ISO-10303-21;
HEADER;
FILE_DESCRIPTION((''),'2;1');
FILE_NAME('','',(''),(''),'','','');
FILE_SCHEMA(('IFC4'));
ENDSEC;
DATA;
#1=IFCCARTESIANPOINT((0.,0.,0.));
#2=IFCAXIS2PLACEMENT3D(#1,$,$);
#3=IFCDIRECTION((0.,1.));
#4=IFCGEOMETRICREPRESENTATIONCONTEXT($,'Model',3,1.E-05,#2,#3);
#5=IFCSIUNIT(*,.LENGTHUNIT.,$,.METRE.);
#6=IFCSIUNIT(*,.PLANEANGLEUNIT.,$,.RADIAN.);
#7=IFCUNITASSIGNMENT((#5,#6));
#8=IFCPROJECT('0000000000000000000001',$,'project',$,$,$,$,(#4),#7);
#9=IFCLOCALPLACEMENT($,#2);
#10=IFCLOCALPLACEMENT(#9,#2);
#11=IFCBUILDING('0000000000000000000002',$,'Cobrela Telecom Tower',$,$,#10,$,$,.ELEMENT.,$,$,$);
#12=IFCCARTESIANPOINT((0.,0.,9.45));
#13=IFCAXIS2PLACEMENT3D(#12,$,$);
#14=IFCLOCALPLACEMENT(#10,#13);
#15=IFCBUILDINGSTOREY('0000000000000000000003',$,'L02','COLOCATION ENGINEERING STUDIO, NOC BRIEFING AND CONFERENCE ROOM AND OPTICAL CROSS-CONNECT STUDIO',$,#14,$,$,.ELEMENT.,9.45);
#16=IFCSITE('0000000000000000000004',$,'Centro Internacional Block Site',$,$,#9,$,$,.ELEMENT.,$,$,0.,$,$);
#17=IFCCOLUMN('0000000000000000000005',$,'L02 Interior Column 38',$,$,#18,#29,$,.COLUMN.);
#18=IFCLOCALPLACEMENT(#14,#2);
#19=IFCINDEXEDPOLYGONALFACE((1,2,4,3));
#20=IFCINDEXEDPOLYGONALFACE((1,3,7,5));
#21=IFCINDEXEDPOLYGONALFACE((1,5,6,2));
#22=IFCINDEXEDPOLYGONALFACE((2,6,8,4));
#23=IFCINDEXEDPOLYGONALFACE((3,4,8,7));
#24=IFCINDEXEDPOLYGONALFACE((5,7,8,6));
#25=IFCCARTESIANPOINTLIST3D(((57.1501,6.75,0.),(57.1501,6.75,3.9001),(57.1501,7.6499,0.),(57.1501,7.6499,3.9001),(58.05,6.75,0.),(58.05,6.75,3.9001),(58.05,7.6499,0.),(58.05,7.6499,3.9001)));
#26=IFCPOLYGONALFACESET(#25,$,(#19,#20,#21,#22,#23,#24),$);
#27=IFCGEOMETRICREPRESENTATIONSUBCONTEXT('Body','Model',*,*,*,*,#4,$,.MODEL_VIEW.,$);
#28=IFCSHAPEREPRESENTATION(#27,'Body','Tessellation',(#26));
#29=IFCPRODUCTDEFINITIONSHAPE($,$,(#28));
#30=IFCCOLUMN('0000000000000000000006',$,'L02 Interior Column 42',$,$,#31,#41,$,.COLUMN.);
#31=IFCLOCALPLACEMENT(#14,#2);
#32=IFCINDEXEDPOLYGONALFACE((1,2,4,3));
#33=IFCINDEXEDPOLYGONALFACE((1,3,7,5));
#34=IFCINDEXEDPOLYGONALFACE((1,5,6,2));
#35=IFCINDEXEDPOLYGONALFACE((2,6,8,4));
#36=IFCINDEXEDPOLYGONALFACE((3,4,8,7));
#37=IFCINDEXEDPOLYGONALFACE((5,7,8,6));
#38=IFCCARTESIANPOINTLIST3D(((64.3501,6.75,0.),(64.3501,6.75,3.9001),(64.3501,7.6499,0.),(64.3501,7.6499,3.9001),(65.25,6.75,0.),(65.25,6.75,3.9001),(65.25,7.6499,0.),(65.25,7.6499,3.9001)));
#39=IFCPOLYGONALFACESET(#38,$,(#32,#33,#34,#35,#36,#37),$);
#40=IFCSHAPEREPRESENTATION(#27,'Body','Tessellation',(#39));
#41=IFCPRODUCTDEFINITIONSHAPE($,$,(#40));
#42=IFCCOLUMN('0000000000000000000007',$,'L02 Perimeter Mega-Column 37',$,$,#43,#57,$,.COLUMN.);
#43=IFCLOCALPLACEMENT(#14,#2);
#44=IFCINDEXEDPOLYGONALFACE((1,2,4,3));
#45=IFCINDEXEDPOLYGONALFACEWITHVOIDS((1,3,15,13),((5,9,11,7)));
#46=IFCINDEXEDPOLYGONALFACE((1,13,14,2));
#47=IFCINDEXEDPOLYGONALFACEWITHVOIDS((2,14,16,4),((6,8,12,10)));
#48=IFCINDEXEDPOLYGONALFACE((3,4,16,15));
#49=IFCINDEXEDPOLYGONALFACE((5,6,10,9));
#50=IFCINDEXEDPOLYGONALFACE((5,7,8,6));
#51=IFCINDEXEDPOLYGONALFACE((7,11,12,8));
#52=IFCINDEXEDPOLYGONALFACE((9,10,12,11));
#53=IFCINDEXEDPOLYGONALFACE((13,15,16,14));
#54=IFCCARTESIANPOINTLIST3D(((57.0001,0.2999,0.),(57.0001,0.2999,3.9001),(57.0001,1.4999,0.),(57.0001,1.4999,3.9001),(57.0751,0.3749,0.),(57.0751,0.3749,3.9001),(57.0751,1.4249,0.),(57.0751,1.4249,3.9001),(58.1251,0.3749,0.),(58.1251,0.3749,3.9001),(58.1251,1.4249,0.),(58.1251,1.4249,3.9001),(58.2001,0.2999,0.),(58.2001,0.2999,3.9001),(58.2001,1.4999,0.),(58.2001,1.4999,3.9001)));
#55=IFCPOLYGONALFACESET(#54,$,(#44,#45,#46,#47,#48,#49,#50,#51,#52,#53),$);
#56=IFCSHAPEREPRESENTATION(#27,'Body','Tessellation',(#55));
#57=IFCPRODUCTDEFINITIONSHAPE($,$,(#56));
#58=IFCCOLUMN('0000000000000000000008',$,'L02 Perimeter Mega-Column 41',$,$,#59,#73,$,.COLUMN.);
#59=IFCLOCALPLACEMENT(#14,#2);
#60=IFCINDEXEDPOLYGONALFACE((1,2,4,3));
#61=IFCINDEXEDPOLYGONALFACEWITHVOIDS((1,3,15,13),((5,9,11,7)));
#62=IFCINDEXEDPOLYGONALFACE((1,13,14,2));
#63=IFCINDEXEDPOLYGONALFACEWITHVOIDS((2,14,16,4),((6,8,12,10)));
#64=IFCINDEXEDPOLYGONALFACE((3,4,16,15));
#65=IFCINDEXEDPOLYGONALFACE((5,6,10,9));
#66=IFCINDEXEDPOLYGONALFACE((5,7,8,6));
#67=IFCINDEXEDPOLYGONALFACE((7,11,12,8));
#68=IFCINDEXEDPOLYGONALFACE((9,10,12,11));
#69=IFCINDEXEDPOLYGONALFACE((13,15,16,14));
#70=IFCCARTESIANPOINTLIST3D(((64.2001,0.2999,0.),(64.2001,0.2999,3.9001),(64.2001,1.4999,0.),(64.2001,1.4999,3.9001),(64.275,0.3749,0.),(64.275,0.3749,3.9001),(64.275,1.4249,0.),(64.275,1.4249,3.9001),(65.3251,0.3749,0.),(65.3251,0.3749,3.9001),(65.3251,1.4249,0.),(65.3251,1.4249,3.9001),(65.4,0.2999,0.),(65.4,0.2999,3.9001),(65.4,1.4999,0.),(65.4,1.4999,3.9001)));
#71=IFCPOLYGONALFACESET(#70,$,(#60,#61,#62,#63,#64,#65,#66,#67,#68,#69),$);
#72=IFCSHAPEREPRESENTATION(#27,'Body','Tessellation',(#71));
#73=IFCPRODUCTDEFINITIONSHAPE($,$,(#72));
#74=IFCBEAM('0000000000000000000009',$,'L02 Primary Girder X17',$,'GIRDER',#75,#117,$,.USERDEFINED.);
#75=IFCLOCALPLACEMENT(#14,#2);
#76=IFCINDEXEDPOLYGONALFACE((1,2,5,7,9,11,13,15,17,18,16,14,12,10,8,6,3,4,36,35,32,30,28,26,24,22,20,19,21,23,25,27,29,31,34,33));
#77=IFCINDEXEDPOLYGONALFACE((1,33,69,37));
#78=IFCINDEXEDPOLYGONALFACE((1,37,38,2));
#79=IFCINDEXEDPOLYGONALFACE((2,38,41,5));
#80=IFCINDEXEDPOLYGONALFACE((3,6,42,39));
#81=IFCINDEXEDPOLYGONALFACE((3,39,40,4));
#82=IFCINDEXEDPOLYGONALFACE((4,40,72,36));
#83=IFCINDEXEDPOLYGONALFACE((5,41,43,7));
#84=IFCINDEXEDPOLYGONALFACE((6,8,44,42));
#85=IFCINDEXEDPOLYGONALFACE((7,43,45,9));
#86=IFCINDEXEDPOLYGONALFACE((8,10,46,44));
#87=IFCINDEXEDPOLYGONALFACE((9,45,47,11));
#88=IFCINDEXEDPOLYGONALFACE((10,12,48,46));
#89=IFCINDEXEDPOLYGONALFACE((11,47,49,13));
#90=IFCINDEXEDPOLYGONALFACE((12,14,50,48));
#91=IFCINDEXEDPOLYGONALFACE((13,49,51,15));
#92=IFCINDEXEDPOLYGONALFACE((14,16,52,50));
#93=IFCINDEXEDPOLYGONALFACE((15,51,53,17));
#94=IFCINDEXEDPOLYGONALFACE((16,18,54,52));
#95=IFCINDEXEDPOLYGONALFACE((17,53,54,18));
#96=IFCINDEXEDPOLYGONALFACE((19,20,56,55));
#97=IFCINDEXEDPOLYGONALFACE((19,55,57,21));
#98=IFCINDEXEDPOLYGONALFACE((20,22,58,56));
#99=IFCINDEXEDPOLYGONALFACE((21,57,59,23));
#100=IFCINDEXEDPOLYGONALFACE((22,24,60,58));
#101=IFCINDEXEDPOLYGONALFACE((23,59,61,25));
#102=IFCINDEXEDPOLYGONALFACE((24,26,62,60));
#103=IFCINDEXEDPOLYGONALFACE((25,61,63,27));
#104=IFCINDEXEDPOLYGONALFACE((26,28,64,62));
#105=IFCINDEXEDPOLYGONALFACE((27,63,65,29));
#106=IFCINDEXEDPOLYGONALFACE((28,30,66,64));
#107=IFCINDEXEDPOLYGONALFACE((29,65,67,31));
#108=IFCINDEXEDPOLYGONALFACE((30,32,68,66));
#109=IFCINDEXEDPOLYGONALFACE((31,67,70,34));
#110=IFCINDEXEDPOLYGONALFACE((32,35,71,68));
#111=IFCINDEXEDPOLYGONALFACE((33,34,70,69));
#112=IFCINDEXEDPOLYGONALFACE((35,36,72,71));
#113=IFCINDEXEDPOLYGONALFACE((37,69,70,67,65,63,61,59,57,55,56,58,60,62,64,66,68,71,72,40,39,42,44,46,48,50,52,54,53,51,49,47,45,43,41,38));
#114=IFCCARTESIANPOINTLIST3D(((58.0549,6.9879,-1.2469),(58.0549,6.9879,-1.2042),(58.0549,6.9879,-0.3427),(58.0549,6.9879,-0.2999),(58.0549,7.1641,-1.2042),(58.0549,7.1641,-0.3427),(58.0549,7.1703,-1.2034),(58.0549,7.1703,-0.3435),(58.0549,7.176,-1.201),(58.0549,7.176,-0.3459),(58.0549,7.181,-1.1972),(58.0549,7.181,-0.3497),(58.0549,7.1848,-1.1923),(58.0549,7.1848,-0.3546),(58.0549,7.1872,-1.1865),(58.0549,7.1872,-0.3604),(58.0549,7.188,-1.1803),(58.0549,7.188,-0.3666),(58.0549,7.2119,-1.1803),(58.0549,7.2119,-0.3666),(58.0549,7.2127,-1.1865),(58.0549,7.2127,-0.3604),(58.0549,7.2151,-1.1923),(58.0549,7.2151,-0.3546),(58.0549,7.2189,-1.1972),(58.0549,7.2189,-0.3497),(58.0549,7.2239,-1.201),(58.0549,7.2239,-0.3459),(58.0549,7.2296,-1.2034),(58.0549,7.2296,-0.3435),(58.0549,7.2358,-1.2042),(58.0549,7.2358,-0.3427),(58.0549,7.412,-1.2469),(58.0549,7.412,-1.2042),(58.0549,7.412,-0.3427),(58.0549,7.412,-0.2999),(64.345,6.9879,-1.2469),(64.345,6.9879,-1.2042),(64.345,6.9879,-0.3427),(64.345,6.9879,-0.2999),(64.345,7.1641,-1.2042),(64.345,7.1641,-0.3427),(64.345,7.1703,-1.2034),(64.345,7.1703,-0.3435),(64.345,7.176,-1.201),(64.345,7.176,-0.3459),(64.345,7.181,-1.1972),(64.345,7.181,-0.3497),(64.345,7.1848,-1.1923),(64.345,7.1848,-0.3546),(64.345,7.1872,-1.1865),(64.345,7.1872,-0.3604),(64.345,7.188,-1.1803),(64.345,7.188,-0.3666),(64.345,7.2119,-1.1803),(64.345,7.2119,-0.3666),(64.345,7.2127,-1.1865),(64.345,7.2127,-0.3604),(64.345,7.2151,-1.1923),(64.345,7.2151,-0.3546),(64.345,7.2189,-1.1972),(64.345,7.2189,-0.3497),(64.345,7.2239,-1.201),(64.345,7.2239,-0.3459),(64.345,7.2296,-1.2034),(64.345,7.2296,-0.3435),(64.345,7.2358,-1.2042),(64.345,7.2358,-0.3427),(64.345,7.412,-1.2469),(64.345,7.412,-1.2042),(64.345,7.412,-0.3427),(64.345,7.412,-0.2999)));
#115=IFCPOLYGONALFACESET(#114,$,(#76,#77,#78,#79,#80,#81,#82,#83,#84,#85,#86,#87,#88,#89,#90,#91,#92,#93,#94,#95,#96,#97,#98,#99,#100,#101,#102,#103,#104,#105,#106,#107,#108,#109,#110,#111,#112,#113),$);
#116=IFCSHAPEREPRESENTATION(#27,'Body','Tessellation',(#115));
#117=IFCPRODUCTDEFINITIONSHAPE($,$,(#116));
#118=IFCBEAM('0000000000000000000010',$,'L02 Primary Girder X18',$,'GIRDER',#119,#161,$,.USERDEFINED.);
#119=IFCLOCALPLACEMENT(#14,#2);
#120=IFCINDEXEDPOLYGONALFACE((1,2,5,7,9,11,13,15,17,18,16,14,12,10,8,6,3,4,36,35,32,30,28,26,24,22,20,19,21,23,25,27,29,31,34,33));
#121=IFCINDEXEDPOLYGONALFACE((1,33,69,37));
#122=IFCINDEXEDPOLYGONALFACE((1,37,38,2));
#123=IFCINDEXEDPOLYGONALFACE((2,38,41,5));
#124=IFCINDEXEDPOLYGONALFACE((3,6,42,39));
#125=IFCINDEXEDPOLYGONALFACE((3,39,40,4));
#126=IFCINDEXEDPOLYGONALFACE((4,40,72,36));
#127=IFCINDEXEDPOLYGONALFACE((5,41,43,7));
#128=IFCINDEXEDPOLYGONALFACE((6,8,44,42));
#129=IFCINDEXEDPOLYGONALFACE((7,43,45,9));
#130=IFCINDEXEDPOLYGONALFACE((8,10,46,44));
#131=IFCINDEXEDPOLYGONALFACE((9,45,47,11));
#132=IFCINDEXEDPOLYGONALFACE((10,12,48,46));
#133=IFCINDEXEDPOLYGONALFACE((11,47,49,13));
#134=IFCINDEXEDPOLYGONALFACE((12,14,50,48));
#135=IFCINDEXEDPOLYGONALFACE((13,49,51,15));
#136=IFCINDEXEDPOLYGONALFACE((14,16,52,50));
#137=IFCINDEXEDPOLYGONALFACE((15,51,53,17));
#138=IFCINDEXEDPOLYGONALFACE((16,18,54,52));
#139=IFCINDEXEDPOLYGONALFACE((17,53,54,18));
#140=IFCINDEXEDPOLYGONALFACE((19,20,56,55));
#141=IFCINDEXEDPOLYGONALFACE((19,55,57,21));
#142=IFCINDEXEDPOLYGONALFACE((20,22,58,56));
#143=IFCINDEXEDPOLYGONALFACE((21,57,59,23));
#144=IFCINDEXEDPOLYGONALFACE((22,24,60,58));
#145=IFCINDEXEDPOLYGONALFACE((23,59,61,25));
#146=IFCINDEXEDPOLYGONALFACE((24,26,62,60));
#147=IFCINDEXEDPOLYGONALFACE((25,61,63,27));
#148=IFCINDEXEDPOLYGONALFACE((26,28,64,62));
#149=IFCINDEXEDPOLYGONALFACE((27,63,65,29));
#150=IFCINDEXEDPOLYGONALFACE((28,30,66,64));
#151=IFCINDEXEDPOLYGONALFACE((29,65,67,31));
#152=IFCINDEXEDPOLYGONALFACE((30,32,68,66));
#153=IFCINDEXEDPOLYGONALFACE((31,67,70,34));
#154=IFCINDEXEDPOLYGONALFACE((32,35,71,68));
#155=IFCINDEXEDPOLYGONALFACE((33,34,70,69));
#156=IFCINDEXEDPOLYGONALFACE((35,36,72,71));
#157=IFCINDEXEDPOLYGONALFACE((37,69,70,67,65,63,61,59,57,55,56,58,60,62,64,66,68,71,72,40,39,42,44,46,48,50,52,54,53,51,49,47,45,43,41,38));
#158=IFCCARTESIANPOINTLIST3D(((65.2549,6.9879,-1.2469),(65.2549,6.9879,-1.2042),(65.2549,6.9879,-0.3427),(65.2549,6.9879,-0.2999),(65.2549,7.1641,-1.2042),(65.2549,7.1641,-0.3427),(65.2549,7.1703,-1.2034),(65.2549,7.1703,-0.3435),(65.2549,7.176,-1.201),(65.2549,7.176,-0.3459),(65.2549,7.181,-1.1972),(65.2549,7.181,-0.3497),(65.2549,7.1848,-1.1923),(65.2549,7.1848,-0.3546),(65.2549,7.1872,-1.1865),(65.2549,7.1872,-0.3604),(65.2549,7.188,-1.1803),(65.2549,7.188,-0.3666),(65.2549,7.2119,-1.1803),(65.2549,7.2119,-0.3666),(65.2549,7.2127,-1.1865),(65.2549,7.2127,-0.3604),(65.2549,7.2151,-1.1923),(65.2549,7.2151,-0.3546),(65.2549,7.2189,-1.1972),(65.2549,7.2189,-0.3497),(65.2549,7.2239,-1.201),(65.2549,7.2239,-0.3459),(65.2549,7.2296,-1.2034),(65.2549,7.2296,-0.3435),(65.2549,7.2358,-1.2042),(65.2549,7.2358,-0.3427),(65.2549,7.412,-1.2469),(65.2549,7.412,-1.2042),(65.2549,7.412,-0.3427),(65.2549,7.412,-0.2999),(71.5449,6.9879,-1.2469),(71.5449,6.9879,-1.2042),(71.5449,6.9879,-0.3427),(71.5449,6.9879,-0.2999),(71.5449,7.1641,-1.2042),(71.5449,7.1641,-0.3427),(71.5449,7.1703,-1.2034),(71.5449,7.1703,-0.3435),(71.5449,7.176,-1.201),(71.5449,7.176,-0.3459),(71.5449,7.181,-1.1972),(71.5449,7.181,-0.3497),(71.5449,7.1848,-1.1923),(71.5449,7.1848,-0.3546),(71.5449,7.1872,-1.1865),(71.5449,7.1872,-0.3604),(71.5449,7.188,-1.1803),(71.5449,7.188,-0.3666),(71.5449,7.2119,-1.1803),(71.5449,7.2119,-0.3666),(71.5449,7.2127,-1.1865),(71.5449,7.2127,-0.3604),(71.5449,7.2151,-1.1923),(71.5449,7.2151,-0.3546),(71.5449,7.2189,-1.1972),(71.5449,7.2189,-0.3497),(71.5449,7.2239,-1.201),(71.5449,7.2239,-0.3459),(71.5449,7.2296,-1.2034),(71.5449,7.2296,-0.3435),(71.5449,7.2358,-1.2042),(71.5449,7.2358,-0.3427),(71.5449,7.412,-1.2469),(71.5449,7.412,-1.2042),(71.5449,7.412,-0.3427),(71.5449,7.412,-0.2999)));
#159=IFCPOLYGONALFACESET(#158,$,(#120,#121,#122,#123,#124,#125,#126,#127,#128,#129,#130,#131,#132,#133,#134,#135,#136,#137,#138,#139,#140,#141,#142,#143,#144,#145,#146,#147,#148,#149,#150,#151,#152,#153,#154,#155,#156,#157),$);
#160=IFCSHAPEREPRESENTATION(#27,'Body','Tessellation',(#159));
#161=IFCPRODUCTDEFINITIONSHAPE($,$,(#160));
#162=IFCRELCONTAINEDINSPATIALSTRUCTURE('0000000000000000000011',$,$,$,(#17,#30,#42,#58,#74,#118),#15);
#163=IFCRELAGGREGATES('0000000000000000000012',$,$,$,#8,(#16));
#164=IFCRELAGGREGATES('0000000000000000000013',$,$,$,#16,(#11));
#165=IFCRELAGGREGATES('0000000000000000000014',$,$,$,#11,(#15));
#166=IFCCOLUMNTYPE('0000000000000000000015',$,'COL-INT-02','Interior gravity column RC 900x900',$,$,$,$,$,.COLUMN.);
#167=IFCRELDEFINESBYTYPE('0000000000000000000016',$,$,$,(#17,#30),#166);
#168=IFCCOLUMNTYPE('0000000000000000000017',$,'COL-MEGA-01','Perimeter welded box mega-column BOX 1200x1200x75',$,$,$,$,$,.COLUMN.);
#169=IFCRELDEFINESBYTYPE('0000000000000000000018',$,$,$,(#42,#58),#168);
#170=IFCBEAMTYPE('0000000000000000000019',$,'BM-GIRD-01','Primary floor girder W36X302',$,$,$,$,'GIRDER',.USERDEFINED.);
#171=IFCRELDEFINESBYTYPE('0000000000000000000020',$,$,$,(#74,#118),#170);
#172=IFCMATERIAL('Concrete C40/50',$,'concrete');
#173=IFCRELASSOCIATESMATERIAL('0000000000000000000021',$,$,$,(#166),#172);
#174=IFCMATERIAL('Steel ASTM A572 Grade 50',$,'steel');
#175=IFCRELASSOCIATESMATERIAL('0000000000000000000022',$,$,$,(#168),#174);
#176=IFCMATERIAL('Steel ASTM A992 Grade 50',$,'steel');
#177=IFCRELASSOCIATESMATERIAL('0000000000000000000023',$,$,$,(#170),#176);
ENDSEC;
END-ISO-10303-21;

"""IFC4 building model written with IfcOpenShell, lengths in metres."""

from ifc_helpers import new_model, si_unit, direction, frame, origin, origin_2d, place, context, subcontext, project, spatial, rectangle, hollow_rectangle, i_section, extrude, material, material_profile, profile_set, type_object, element, save


model = new_model("IFC4")

# Units and contexts
model_context = context("Model", 3, precision=1e-05, world=origin(), true_north=direction((0.0, 1.0)))
body_context = subcontext(model_context, "Body", "Model", "MODEL_VIEW")
ifc_project = project(units=[si_unit("LENGTHUNIT", "METRE"), si_unit("PLANEANGLEUNIT", "RADIAN")], contexts=[model_context])

# Site, building, storey
site_placement = place(None, origin())
site = spatial("IfcSite", under=ifc_project, at=site_placement, Name="Centro Internacional Block Site", CompositionType="ELEMENT", RefElevation=0.0)
building_placement = place(site_placement, origin())
building = spatial("IfcBuilding", under=site, at=building_placement, Name="Cobrela Telecom Tower", CompositionType="ELEMENT")
storey_placement = place(building_placement, frame((0.0, 0.0, 9.45)))
storey = spatial("IfcBuildingStorey", under=building, at=storey_placement, Name="L02", Description="COLOCATION ENGINEERING STUDIO, NOC BRIEFING AND CONFERENCE ROOM AND OPTICAL CROSS-CONNECT STUDIO", CompositionType="ELEMENT", Elevation=9.45)

# Columns
ifc_material_1 = material(Name="Concrete C40/50", Category="concrete")
ifc_material_profile_1 = material_profile(ifc_material_1, rectangle(XDim=0.8999, YDim=0.8999, at=origin_2d()), Name="RC 900x900")
ifc_profile_set_1 = profile_set([ifc_material_profile_1], Name="Concrete C40/50")
column_type_1 = type_object("IfcColumnType", Name="COL-INT-02", Description="Interior gravity column RC 900x900", PredefinedType="COLUMN", material=ifc_profile_set_1)
for number, where, z_axis, x_axis, name in (
    (1, (57.6001, 7.2, 0.0), (0.0, 0.0, 1.0), (1.0, 0.0, 0.0), "L02 Interior Column 38"),
    (2, (64.8, 7.2, 0.0), (0.0, 0.0, 1.0), (1.0, 0.0, 0.0), "L02 Interior Column 42"),
):
    element("IfcColumn", number, at=place(storey_placement, frame(where, z_axis=z_axis, x_axis=x_axis)), inside=storey, type_object=column_type_1, Name=name, PredefinedType="COLUMN", context=body_context, shape_type="SweptSolid", body=[
        extrude(rectangle(XDim=0.8999, YDim=0.8999, at=origin_2d()), origin(), (0.0, 0.0, 1.0), 3.9001),
    ])
ifc_material_2 = material(Name="Steel ASTM A572 Grade 50", Category="steel")
ifc_material_profile_2 = material_profile(ifc_material_2, hollow_rectangle(XDim=1.2, YDim=1.2, WallThickness=0.075, at=origin_2d()), Name="BOX 1200x1200x75")
ifc_profile_set_2 = profile_set([ifc_material_profile_2], Name="Steel ASTM A572 Grade 50")
column_type_2 = type_object("IfcColumnType", Name="COL-MEGA-01", Description="Perimeter welded box mega-column BOX 1200x1200x75", PredefinedType="COLUMN", material=ifc_profile_set_2)
for number, where, z_axis, x_axis, name in (
    (3, (57.6001, 0.8999, 0.0), (0.0, 0.0, 1.0), (1.0, 0.0, 0.0), "L02 Perimeter Mega-Column 37"),
    (4, (64.8, 0.8999, 0.0), (0.0, 0.0, 1.0), (1.0, 0.0, 0.0), "L02 Perimeter Mega-Column 41"),
):
    element("IfcColumn", number, at=place(storey_placement, frame(where, z_axis=z_axis, x_axis=x_axis)), inside=storey, type_object=column_type_2, Name=name, PredefinedType="COLUMN", context=body_context, shape_type="SweptSolid", body=[
        extrude(hollow_rectangle(XDim=1.2, YDim=1.2, WallThickness=0.075, at=origin_2d()), origin(), (0.0, 0.0, 1.0), 3.9001),
    ])

# Beams
ifc_material_3 = material(Name="Steel ASTM A992 Grade 50", Category="steel")
ifc_material_profile_3 = material_profile(ifc_material_3, i_section(OverallWidth=0.4241, OverallDepth=0.947, WebThickness=0.0239, FlangeThickness=0.0427, FilletRadius=0.0239, at=origin_2d()), Name="W36X302")
ifc_profile_set_3 = profile_set([ifc_material_profile_3], Name="Steel ASTM A992 Grade 50")
beam_type_1 = type_object("IfcBeamType", Name="BM-GIRD-01", Description="Primary floor girder W36X302", ElementType="GIRDER", PredefinedType="USERDEFINED", material=ifc_profile_set_3)
for number, where, z_axis, x_axis, name in (
    (5, (58.0549, 7.2, -0.7734), (1.0, 0.0, 0.0), (0.0, 1.0, 0.0), "L02 Primary Girder X17"),
    (6, (65.2549, 7.2, -0.7734), (1.0, 0.0, 0.0), (0.0, 1.0, 0.0), "L02 Primary Girder X18"),
):
    element("IfcBeam", number, at=place(storey_placement, frame(where, z_axis=z_axis, x_axis=x_axis)), inside=storey, type_object=beam_type_1, Name=name, ObjectType="GIRDER", PredefinedType="USERDEFINED", context=body_context, shape_type="SweptSolid", body=[
        extrude(i_section(OverallWidth=0.4241, OverallDepth=0.947, WebThickness=0.0239, FlangeThickness=0.0427, FilletRadius=0.0239, at=origin_2d()), origin(), (0.0, 0.0, 1.0), 6.29),
    ])

save(model, "model.ifc")
